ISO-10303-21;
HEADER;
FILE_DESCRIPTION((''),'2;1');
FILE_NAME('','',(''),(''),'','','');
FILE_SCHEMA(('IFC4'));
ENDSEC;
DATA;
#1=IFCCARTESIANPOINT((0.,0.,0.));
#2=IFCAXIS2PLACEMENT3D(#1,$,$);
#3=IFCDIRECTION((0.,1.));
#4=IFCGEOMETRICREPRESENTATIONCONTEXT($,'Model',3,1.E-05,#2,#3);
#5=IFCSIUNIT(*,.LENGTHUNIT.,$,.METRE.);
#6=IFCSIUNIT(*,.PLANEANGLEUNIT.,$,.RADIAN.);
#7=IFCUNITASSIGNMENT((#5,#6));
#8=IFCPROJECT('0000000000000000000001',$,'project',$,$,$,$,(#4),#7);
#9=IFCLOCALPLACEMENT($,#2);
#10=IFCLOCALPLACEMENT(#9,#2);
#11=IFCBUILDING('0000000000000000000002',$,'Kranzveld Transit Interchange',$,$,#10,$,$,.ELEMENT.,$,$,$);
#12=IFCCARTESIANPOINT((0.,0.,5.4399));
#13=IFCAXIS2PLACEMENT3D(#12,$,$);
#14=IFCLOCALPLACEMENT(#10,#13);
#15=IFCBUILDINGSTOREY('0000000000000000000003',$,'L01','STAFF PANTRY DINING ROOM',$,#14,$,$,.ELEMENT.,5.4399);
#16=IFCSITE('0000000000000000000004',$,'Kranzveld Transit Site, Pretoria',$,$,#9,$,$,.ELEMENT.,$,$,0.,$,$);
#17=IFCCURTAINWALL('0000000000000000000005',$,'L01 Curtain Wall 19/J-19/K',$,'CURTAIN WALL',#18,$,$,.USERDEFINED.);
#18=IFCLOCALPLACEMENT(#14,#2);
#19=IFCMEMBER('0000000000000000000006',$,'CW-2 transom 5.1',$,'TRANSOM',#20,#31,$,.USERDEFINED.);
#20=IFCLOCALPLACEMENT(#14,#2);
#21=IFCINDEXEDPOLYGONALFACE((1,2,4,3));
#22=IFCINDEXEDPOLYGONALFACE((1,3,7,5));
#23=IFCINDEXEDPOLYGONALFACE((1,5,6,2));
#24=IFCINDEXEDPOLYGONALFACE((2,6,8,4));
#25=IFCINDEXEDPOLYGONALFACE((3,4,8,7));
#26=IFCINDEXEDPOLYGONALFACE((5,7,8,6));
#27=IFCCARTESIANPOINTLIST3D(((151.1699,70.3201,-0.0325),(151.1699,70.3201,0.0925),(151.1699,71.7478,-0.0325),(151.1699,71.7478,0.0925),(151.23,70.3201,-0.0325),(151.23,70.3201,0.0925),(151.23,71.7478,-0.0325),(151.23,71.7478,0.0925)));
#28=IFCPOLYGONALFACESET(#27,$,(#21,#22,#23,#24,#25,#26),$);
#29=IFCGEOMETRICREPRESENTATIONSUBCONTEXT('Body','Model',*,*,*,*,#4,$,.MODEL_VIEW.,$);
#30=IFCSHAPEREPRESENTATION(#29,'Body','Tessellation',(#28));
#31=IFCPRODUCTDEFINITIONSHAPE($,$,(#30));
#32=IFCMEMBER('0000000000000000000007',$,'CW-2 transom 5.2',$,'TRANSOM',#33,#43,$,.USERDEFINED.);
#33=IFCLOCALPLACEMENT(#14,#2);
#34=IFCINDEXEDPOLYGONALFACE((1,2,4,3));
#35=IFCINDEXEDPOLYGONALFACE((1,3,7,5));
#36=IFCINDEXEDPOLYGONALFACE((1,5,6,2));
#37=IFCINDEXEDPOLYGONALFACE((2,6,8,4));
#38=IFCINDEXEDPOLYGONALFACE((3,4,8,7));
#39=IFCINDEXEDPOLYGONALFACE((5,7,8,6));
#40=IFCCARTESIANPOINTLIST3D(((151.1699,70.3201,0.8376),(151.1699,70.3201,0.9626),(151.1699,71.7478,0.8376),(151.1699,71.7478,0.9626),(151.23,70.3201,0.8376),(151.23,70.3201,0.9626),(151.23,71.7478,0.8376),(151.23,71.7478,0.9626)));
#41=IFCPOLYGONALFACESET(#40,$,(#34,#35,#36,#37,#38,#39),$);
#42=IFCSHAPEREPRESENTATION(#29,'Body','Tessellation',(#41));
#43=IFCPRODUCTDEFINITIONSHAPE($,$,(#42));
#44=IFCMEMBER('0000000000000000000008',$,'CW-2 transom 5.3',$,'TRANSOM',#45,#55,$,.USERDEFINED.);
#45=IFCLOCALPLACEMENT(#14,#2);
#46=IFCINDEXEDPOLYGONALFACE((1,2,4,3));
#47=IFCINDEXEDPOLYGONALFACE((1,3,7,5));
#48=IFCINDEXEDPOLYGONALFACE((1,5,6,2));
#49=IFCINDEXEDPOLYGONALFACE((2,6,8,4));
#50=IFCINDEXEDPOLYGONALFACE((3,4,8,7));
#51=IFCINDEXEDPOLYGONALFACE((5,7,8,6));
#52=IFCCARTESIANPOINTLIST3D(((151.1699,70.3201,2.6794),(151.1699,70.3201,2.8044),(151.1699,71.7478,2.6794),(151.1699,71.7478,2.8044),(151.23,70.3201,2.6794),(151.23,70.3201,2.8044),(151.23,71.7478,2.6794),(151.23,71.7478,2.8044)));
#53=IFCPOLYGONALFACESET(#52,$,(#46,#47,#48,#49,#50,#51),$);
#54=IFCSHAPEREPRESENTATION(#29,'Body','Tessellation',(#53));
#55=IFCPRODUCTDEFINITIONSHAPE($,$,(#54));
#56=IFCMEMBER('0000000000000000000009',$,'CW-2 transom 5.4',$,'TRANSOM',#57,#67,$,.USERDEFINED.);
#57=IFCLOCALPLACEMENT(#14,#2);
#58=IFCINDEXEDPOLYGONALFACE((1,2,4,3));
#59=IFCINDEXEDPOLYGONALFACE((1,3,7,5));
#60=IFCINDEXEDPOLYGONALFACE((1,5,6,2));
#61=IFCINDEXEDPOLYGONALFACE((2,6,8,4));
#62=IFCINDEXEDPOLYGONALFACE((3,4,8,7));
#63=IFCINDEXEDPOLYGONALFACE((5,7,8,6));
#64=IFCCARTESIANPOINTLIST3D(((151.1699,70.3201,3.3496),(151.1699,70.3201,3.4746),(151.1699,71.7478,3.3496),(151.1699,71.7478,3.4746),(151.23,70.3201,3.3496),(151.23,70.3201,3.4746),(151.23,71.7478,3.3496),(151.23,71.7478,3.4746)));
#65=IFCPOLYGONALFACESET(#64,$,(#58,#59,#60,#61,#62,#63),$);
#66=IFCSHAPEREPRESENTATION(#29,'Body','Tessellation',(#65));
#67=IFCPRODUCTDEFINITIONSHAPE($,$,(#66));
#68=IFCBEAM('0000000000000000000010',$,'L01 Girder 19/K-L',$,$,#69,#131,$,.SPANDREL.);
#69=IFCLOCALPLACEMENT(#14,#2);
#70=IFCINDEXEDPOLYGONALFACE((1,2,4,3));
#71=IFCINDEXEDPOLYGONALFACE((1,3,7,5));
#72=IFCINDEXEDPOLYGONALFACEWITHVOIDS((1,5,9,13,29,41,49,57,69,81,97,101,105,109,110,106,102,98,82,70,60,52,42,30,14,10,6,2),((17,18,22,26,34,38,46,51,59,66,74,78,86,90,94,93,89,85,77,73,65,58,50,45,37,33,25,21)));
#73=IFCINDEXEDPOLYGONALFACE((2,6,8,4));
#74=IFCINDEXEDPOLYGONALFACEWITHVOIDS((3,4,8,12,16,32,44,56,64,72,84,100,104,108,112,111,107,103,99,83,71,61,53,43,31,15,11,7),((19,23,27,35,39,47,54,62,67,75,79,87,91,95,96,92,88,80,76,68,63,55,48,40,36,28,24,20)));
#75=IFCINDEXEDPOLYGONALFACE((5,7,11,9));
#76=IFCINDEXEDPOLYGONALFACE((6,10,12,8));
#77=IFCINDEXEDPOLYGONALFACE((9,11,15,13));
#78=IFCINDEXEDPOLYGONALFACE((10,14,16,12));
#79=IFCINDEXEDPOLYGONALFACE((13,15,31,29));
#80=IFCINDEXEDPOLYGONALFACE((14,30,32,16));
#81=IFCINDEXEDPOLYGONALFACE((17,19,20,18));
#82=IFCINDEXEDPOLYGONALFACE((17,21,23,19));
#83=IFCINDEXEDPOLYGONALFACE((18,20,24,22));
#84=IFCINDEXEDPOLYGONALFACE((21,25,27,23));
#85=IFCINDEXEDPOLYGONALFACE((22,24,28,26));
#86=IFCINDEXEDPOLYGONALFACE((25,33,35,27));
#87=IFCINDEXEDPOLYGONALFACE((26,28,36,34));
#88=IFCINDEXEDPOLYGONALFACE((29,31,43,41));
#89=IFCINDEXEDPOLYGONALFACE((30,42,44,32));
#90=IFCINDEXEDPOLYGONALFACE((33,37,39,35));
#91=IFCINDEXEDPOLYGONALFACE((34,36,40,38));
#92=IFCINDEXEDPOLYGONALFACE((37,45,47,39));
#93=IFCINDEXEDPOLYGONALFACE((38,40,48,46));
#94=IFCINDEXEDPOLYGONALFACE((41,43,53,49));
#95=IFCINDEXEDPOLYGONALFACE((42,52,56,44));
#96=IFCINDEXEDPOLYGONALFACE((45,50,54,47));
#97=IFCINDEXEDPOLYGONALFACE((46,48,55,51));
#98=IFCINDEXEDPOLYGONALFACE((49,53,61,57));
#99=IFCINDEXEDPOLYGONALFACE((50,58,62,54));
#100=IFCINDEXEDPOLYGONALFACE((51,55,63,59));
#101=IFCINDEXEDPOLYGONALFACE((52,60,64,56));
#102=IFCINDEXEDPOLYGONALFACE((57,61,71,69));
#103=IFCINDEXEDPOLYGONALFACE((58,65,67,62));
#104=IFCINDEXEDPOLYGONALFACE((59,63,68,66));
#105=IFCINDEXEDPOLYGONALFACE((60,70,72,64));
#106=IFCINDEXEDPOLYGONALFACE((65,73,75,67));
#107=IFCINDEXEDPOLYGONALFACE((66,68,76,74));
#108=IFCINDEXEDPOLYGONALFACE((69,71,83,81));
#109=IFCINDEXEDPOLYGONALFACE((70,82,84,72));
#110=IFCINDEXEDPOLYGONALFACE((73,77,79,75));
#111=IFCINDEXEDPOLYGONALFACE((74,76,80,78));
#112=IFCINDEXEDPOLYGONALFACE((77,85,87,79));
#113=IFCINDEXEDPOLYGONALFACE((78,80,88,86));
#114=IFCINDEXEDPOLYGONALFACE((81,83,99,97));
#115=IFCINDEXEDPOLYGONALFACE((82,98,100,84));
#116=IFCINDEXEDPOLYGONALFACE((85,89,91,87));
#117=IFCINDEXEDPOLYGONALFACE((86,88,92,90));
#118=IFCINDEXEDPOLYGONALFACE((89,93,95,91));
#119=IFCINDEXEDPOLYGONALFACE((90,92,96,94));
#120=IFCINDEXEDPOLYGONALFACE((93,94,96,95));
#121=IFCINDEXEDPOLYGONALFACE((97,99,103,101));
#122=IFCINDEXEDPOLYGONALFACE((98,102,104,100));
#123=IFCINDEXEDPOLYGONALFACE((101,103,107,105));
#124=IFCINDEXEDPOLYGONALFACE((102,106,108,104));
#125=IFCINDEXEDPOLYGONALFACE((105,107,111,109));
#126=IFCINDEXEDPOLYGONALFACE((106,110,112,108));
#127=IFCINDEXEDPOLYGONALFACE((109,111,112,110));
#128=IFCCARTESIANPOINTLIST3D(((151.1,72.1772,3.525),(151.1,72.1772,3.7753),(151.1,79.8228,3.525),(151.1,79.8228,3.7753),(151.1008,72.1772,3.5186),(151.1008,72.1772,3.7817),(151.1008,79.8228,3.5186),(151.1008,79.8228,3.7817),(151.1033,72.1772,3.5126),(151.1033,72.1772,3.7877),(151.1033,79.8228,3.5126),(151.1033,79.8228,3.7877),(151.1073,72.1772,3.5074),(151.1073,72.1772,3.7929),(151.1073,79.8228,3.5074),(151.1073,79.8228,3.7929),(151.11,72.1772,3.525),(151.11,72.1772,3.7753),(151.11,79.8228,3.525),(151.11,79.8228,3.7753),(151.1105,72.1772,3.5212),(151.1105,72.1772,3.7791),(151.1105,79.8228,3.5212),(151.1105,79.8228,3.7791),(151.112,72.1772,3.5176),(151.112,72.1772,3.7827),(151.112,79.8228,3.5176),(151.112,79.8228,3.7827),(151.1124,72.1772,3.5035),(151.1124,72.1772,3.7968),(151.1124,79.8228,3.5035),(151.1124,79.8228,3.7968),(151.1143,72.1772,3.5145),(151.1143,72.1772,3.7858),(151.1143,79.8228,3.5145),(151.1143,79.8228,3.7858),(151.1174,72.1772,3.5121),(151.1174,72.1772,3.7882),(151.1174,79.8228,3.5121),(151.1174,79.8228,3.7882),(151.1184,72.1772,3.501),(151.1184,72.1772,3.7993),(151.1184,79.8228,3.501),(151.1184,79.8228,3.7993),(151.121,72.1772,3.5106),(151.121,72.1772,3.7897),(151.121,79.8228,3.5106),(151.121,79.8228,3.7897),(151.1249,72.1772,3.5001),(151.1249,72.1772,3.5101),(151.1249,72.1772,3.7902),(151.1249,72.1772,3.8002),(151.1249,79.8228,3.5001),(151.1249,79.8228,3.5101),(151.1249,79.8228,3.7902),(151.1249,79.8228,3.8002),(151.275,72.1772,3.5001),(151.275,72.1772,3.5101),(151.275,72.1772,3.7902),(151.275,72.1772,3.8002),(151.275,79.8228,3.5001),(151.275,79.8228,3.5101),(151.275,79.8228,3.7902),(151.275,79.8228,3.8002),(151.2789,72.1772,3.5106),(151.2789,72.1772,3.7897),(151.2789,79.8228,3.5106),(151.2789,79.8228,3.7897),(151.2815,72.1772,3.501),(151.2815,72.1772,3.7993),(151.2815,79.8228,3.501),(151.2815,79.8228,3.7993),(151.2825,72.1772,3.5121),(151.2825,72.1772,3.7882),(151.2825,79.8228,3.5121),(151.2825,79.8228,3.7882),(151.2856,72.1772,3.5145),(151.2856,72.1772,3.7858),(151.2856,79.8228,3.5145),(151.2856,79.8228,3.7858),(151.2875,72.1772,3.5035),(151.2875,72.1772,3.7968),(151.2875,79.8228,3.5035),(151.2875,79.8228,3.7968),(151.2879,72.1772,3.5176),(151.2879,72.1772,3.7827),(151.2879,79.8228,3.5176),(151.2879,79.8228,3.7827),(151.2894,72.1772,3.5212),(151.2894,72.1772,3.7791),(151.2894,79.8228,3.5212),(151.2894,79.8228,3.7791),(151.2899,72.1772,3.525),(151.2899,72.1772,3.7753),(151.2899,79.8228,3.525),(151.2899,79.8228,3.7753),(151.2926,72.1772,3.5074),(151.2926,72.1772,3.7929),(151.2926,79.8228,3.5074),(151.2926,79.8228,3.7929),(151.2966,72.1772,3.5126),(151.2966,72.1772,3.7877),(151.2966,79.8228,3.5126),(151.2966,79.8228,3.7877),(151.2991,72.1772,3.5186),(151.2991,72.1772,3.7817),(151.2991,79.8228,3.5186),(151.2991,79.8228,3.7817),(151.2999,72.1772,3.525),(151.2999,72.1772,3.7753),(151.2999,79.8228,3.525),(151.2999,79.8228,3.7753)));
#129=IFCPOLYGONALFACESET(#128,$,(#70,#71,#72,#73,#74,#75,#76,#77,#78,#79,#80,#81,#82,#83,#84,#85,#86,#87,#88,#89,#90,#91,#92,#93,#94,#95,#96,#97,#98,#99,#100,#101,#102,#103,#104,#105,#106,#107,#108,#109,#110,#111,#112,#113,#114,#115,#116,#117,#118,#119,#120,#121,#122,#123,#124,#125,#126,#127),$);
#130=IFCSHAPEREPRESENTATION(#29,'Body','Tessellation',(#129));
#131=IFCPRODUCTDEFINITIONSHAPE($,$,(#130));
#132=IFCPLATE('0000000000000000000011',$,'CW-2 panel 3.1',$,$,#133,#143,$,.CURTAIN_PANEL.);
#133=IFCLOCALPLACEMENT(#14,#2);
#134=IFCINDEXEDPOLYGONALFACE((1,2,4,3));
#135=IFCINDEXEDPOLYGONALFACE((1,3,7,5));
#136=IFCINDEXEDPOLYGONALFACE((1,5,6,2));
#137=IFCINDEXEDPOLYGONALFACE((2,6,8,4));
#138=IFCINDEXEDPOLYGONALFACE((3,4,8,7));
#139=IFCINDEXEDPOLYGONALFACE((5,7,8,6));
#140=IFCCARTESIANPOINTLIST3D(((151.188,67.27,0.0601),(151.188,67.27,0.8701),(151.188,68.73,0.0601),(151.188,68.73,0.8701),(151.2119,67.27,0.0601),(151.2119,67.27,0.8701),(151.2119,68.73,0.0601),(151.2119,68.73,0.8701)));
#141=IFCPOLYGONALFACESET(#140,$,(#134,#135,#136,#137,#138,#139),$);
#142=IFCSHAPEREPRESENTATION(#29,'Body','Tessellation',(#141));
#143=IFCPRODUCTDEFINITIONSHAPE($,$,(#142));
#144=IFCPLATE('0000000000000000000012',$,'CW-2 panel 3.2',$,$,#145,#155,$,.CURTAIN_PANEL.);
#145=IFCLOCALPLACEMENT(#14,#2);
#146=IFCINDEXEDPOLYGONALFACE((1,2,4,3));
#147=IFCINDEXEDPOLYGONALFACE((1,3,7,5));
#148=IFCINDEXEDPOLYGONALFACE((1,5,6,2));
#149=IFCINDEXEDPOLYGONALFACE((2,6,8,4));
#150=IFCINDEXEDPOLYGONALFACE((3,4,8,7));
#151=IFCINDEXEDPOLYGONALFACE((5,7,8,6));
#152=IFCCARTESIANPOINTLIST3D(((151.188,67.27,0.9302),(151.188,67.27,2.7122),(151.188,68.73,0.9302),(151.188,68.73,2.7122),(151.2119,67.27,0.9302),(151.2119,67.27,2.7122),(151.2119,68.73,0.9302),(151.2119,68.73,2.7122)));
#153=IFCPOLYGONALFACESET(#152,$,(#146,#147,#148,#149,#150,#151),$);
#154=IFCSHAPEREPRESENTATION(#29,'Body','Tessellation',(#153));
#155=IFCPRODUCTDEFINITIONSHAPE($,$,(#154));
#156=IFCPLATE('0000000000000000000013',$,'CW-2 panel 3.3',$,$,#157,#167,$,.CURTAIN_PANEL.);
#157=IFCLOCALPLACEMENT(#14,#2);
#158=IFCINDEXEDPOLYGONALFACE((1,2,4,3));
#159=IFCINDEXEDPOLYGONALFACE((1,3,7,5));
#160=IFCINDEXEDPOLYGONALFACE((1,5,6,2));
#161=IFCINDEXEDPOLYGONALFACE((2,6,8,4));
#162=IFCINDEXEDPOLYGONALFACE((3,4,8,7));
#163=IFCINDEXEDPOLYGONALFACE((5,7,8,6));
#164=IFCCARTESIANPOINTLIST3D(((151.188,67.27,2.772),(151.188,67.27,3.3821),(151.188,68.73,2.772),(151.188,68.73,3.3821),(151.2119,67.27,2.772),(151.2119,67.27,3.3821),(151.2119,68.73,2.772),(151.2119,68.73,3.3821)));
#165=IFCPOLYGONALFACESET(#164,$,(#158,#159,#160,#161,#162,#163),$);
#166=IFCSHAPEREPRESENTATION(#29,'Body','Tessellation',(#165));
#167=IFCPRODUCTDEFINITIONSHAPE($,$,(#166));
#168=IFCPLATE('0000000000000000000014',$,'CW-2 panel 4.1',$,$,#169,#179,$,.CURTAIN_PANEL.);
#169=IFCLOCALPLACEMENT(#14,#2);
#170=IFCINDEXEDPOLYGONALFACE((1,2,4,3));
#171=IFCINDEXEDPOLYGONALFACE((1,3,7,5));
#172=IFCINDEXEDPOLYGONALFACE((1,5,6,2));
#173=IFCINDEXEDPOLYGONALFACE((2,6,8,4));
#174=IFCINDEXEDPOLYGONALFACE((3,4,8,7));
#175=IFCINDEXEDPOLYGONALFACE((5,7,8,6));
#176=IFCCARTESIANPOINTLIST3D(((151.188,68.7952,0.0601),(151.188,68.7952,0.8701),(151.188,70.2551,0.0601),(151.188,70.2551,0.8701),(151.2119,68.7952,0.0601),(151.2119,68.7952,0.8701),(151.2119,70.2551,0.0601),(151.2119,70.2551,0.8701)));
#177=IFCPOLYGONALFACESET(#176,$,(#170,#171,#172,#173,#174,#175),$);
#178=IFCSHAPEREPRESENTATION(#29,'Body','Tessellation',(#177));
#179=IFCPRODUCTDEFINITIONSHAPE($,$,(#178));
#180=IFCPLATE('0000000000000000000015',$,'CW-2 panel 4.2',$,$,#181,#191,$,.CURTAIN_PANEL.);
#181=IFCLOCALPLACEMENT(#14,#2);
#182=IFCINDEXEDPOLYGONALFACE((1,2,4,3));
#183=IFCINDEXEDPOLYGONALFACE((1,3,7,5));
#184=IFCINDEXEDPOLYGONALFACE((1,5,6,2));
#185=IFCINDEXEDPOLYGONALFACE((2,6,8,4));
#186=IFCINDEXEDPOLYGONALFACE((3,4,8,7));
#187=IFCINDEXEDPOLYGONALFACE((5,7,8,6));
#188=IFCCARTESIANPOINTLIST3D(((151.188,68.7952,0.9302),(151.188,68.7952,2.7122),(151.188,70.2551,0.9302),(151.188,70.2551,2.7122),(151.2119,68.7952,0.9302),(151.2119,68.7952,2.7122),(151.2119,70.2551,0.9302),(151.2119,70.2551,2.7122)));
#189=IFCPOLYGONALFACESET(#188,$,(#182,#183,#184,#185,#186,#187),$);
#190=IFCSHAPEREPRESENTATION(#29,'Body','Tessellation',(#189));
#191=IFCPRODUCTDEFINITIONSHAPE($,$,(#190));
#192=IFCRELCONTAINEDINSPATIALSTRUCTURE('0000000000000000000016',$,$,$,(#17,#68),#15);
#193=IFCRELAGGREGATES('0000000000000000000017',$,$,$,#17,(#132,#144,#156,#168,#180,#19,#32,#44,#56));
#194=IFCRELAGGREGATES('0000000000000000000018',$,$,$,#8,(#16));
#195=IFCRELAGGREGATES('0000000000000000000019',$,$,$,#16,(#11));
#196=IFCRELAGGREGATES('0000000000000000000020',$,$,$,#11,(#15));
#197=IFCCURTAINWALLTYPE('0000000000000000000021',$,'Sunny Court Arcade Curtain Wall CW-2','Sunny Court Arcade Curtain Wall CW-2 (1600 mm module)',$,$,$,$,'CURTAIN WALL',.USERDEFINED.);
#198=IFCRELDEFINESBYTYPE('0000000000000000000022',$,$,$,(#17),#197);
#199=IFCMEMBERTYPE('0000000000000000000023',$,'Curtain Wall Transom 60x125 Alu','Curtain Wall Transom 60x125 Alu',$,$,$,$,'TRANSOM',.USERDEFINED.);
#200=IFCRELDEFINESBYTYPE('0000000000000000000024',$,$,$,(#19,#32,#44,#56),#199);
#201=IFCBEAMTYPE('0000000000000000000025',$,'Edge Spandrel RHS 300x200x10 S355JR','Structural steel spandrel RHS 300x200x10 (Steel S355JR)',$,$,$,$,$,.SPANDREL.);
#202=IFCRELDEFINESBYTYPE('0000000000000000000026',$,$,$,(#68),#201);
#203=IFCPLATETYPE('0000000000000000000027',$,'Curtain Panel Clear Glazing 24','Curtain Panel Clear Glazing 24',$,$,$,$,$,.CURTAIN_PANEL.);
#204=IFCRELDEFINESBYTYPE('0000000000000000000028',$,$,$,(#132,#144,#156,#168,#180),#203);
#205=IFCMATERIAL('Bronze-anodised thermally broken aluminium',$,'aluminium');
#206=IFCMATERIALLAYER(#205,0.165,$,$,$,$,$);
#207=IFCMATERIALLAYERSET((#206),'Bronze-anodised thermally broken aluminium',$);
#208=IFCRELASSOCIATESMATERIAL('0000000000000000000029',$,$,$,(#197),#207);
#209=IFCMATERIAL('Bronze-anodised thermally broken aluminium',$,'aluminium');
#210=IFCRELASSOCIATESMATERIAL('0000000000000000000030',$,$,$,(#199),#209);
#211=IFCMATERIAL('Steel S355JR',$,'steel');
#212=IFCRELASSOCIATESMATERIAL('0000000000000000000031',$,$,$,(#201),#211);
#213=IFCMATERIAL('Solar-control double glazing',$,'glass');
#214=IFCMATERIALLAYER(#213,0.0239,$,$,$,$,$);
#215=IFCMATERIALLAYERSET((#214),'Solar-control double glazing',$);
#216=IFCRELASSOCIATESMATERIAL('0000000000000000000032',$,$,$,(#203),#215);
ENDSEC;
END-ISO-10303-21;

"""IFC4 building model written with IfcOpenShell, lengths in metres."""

from ifc_helpers import new_model, si_unit, direction, frame, origin, origin_2d, place, context, subcontext, project, spatial, rectangle, hollow_rectangle, extrude, material, layer, layer_set, material_profile, profile_set, type_object, element, aggregate, save


model = new_model("IFC4")

# Units and contexts
model_context = context("Model", 3, precision=1e-05, world=origin(), true_north=direction((0.0, 1.0)))
body_context = subcontext(model_context, "Body", "Model", "MODEL_VIEW")
ifc_project = project(units=[si_unit("LENGTHUNIT", "METRE"), si_unit("PLANEANGLEUNIT", "RADIAN")], contexts=[model_context])

# Site, building, storey
site_placement = place(None, origin())
site = spatial("IfcSite", under=ifc_project, at=site_placement, Name="Kranzveld Transit Site, Pretoria", CompositionType="ELEMENT", RefElevation=0.0)
building_placement = place(site_placement, origin())
building = spatial("IfcBuilding", under=site, at=building_placement, Name="Kranzveld Transit Interchange", CompositionType="ELEMENT")
storey_placement = place(building_placement, frame((0.0, 0.0, 5.4399)))
storey = spatial("IfcBuildingStorey", under=building, at=storey_placement, Name="L01", Description="STAFF PANTRY DINING ROOM", CompositionType="ELEMENT", Elevation=5.4399)

# Curtain wall, members
ifc_material_1 = material(Name="Bronze-anodised thermally broken aluminium", Category="aluminium")
ifc_layer_1 = layer(ifc_material_1, 0.165)
ifc_layer_set_1 = layer_set([ifc_layer_1], Name="Bronze-anodised thermally broken aluminium")
curtain_wall_type_1 = type_object("IfcCurtainWallType", Name="Sunny Court Arcade Curtain Wall CW-2", Description="Sunny Court Arcade Curtain Wall CW-2 (1600 mm module)", ElementType="CURTAIN WALL", PredefinedType="USERDEFINED", material=ifc_layer_set_1)
curtain_wall_1_placement = place(storey_placement, origin())
curtain_wall_1 = element("IfcCurtainWall", 1, at=curtain_wall_1_placement, inside=storey, type_object=curtain_wall_type_1, Name="L01 Curtain Wall 19/J-19/K", ObjectType="CURTAIN WALL", PredefinedType="USERDEFINED")
ifc_material_2 = material(Name="Bronze-anodised thermally broken aluminium", Category="aluminium")
ifc_material_profile_1 = material_profile(ifc_material_2, rectangle(XDim=0.0601, YDim=0.125, at=origin_2d()), Name="ALU TRANSOM 60x125")
ifc_profile_set_1 = profile_set([ifc_material_profile_1], Name="Bronze-anodised thermally broken aluminium")
member_type_1 = type_object("IfcMemberType", Name="Curtain Wall Transom 60x125 Alu", Description="Curtain Wall Transom 60x125 Alu", ElementType="TRANSOM", PredefinedType="USERDEFINED", material=ifc_profile_set_1)
member_1_placement = place(storey_placement, frame((151.2, 70.3201, 0.03), z_axis=(0.0, 1.0, 0.0), x_axis=(-1.0, 0.0, 0.0)))
member_1 = element("IfcMember", 2, at=member_1_placement, type_object=member_type_1, Name="CW-2 transom 5.1", ObjectType="TRANSOM", PredefinedType="USERDEFINED", context=body_context, shape_type="SweptSolid", body=[
    extrude(rectangle(XDim=0.0601, YDim=0.125, at=origin_2d()), origin(), (0.0, 0.0, 1.0), 1.4277),
])
member_2_placement = place(storey_placement, frame((151.2, 70.3201, 0.9001), z_axis=(0.0, 1.0, 0.0), x_axis=(-1.0, 0.0, 0.0)))
member_2 = element("IfcMember", 3, at=member_2_placement, type_object=member_type_1, Name="CW-2 transom 5.2", ObjectType="TRANSOM", PredefinedType="USERDEFINED", context=body_context, shape_type="SweptSolid", body=[
    extrude(rectangle(XDim=0.0601, YDim=0.125, at=origin_2d()), origin(), (0.0, 0.0, 1.0), 1.4277),
])
member_3_placement = place(storey_placement, frame((151.2, 70.3201, 2.7419), z_axis=(0.0, 1.0, 0.0), x_axis=(-1.0, 0.0, 0.0)))
member_3 = element("IfcMember", 4, at=member_3_placement, type_object=member_type_1, Name="CW-2 transom 5.3", ObjectType="TRANSOM", PredefinedType="USERDEFINED", context=body_context, shape_type="SweptSolid", body=[
    extrude(rectangle(XDim=0.0601, YDim=0.125, at=origin_2d()), origin(), (0.0, 0.0, 1.0), 1.4277),
])
member_4_placement = place(storey_placement, frame((151.2, 70.3201, 3.4121), z_axis=(0.0, 1.0, 0.0), x_axis=(-1.0, 0.0, 0.0)))
member_4 = element("IfcMember", 5, at=member_4_placement, type_object=member_type_1, Name="CW-2 transom 5.4", ObjectType="TRANSOM", PredefinedType="USERDEFINED", context=body_context, shape_type="SweptSolid", body=[
    extrude(rectangle(XDim=0.0601, YDim=0.125, at=origin_2d()), origin(), (0.0, 0.0, 1.0), 1.4277),
])

# Beam
ifc_material_3 = material(Name="Steel S355JR", Category="steel")
ifc_material_profile_2 = material_profile(ifc_material_3, hollow_rectangle(XDim=0.2, YDim=0.3, WallThickness=0.01, InnerFilletRadius=0.0149, OuterFilletRadius=0.0249, at=origin_2d()), Name="RHS 300x200x10")
ifc_profile_set_2 = profile_set([ifc_material_profile_2], Name="Steel S355JR")
beam_type = type_object("IfcBeamType", Name="Edge Spandrel RHS 300x200x10 S355JR", Description="Structural steel spandrel RHS 300x200x10 (Steel S355JR)", PredefinedType="SPANDREL", material=ifc_profile_set_2)
beam_placement = place(storey_placement, frame((151.2, 72.1772, 3.6501), z_axis=(0.0, 1.0, 0.0), x_axis=(-1.0, 0.0, 0.0)))
element("IfcBeam", 6, at=beam_placement, inside=storey, type_object=beam_type, Name="L01 Girder 19/K-L", PredefinedType="SPANDREL", context=body_context, shape_type="SweptSolid", body=[
    extrude(hollow_rectangle(XDim=0.2, YDim=0.3, WallThickness=0.01, InnerFilletRadius=0.0149, OuterFilletRadius=0.0249, at=origin_2d()), origin(), (0.0, 0.0, 1.0), 7.6455),
])

# Plates
ifc_material_4 = material(Name="Solar-control double glazing", Category="glass")
ifc_layer_2 = layer(ifc_material_4, 0.0239)
ifc_layer_set_2 = layer_set([ifc_layer_2], Name="Solar-control double glazing")
plate_type = type_object("IfcPlateType", Name="Curtain Panel Clear Glazing 24", Description="Curtain Panel Clear Glazing 24", PredefinedType="CURTAIN_PANEL", material=ifc_layer_set_2)
plate_1_placement = place(storey_placement, frame((151.2, 68.0, 0.0601), z_axis=(0.0, 0.0, 1.0), x_axis=(0.0, 1.0, 0.0)))
plate_1 = element("IfcPlate", 7, at=plate_1_placement, type_object=plate_type, Name="CW-2 panel 3.1", PredefinedType="CURTAIN_PANEL", context=body_context, shape_type="SweptSolid", body=[
    extrude(rectangle(XDim=1.46, YDim=0.0239, at=origin_2d()), origin(), (0.0, 0.0, 1.0), 0.8101),
])
plate_2_placement = place(storey_placement, frame((151.2, 68.0, 0.9302), z_axis=(0.0, 0.0, 1.0), x_axis=(0.0, 1.0, 0.0)))
plate_2 = element("IfcPlate", 8, at=plate_2_placement, type_object=plate_type, Name="CW-2 panel 3.2", PredefinedType="CURTAIN_PANEL", context=body_context, shape_type="SweptSolid", body=[
    extrude(rectangle(XDim=1.46, YDim=0.0239, at=origin_2d()), origin(), (0.0, 0.0, 1.0), 1.782),
])
plate_3_placement = place(storey_placement, frame((151.2, 68.0, 2.772), z_axis=(0.0, 0.0, 1.0), x_axis=(0.0, 1.0, 0.0)))
plate_3 = element("IfcPlate", 9, at=plate_3_placement, type_object=plate_type, Name="CW-2 panel 3.3", PredefinedType="CURTAIN_PANEL", context=body_context, shape_type="SweptSolid", body=[
    extrude(rectangle(XDim=1.46, YDim=0.0239, at=origin_2d()), origin(), (0.0, 0.0, 1.0), 0.6101),
])
plate_4_placement = place(storey_placement, frame((151.2, 69.5251, 0.0601), z_axis=(0.0, 0.0, 1.0), x_axis=(0.0, 1.0, 0.0)))
plate_4 = element("IfcPlate", 10, at=plate_4_placement, type_object=plate_type, Name="CW-2 panel 4.1", PredefinedType="CURTAIN_PANEL", context=body_context, shape_type="SweptSolid", body=[
    extrude(rectangle(XDim=1.46, YDim=0.0239, at=origin_2d()), origin(), (0.0, 0.0, 1.0), 0.8101),
])
plate_5_placement = place(storey_placement, frame((151.2, 69.5251, 0.9302), z_axis=(0.0, 0.0, 1.0), x_axis=(0.0, 1.0, 0.0)))
plate_5 = element("IfcPlate", 11, at=plate_5_placement, type_object=plate_type, Name="CW-2 panel 4.2", PredefinedType="CURTAIN_PANEL", context=body_context, shape_type="SweptSolid", body=[
    extrude(rectangle(XDim=1.46, YDim=0.0239, at=origin_2d()), origin(), (0.0, 0.0, 1.0), 1.782),
])
aggregate(curtain_wall_1, [plate_1, plate_2, plate_3, plate_4, plate_5, member_1, member_2, member_3, member_4])

save(model, "model.ifc")
